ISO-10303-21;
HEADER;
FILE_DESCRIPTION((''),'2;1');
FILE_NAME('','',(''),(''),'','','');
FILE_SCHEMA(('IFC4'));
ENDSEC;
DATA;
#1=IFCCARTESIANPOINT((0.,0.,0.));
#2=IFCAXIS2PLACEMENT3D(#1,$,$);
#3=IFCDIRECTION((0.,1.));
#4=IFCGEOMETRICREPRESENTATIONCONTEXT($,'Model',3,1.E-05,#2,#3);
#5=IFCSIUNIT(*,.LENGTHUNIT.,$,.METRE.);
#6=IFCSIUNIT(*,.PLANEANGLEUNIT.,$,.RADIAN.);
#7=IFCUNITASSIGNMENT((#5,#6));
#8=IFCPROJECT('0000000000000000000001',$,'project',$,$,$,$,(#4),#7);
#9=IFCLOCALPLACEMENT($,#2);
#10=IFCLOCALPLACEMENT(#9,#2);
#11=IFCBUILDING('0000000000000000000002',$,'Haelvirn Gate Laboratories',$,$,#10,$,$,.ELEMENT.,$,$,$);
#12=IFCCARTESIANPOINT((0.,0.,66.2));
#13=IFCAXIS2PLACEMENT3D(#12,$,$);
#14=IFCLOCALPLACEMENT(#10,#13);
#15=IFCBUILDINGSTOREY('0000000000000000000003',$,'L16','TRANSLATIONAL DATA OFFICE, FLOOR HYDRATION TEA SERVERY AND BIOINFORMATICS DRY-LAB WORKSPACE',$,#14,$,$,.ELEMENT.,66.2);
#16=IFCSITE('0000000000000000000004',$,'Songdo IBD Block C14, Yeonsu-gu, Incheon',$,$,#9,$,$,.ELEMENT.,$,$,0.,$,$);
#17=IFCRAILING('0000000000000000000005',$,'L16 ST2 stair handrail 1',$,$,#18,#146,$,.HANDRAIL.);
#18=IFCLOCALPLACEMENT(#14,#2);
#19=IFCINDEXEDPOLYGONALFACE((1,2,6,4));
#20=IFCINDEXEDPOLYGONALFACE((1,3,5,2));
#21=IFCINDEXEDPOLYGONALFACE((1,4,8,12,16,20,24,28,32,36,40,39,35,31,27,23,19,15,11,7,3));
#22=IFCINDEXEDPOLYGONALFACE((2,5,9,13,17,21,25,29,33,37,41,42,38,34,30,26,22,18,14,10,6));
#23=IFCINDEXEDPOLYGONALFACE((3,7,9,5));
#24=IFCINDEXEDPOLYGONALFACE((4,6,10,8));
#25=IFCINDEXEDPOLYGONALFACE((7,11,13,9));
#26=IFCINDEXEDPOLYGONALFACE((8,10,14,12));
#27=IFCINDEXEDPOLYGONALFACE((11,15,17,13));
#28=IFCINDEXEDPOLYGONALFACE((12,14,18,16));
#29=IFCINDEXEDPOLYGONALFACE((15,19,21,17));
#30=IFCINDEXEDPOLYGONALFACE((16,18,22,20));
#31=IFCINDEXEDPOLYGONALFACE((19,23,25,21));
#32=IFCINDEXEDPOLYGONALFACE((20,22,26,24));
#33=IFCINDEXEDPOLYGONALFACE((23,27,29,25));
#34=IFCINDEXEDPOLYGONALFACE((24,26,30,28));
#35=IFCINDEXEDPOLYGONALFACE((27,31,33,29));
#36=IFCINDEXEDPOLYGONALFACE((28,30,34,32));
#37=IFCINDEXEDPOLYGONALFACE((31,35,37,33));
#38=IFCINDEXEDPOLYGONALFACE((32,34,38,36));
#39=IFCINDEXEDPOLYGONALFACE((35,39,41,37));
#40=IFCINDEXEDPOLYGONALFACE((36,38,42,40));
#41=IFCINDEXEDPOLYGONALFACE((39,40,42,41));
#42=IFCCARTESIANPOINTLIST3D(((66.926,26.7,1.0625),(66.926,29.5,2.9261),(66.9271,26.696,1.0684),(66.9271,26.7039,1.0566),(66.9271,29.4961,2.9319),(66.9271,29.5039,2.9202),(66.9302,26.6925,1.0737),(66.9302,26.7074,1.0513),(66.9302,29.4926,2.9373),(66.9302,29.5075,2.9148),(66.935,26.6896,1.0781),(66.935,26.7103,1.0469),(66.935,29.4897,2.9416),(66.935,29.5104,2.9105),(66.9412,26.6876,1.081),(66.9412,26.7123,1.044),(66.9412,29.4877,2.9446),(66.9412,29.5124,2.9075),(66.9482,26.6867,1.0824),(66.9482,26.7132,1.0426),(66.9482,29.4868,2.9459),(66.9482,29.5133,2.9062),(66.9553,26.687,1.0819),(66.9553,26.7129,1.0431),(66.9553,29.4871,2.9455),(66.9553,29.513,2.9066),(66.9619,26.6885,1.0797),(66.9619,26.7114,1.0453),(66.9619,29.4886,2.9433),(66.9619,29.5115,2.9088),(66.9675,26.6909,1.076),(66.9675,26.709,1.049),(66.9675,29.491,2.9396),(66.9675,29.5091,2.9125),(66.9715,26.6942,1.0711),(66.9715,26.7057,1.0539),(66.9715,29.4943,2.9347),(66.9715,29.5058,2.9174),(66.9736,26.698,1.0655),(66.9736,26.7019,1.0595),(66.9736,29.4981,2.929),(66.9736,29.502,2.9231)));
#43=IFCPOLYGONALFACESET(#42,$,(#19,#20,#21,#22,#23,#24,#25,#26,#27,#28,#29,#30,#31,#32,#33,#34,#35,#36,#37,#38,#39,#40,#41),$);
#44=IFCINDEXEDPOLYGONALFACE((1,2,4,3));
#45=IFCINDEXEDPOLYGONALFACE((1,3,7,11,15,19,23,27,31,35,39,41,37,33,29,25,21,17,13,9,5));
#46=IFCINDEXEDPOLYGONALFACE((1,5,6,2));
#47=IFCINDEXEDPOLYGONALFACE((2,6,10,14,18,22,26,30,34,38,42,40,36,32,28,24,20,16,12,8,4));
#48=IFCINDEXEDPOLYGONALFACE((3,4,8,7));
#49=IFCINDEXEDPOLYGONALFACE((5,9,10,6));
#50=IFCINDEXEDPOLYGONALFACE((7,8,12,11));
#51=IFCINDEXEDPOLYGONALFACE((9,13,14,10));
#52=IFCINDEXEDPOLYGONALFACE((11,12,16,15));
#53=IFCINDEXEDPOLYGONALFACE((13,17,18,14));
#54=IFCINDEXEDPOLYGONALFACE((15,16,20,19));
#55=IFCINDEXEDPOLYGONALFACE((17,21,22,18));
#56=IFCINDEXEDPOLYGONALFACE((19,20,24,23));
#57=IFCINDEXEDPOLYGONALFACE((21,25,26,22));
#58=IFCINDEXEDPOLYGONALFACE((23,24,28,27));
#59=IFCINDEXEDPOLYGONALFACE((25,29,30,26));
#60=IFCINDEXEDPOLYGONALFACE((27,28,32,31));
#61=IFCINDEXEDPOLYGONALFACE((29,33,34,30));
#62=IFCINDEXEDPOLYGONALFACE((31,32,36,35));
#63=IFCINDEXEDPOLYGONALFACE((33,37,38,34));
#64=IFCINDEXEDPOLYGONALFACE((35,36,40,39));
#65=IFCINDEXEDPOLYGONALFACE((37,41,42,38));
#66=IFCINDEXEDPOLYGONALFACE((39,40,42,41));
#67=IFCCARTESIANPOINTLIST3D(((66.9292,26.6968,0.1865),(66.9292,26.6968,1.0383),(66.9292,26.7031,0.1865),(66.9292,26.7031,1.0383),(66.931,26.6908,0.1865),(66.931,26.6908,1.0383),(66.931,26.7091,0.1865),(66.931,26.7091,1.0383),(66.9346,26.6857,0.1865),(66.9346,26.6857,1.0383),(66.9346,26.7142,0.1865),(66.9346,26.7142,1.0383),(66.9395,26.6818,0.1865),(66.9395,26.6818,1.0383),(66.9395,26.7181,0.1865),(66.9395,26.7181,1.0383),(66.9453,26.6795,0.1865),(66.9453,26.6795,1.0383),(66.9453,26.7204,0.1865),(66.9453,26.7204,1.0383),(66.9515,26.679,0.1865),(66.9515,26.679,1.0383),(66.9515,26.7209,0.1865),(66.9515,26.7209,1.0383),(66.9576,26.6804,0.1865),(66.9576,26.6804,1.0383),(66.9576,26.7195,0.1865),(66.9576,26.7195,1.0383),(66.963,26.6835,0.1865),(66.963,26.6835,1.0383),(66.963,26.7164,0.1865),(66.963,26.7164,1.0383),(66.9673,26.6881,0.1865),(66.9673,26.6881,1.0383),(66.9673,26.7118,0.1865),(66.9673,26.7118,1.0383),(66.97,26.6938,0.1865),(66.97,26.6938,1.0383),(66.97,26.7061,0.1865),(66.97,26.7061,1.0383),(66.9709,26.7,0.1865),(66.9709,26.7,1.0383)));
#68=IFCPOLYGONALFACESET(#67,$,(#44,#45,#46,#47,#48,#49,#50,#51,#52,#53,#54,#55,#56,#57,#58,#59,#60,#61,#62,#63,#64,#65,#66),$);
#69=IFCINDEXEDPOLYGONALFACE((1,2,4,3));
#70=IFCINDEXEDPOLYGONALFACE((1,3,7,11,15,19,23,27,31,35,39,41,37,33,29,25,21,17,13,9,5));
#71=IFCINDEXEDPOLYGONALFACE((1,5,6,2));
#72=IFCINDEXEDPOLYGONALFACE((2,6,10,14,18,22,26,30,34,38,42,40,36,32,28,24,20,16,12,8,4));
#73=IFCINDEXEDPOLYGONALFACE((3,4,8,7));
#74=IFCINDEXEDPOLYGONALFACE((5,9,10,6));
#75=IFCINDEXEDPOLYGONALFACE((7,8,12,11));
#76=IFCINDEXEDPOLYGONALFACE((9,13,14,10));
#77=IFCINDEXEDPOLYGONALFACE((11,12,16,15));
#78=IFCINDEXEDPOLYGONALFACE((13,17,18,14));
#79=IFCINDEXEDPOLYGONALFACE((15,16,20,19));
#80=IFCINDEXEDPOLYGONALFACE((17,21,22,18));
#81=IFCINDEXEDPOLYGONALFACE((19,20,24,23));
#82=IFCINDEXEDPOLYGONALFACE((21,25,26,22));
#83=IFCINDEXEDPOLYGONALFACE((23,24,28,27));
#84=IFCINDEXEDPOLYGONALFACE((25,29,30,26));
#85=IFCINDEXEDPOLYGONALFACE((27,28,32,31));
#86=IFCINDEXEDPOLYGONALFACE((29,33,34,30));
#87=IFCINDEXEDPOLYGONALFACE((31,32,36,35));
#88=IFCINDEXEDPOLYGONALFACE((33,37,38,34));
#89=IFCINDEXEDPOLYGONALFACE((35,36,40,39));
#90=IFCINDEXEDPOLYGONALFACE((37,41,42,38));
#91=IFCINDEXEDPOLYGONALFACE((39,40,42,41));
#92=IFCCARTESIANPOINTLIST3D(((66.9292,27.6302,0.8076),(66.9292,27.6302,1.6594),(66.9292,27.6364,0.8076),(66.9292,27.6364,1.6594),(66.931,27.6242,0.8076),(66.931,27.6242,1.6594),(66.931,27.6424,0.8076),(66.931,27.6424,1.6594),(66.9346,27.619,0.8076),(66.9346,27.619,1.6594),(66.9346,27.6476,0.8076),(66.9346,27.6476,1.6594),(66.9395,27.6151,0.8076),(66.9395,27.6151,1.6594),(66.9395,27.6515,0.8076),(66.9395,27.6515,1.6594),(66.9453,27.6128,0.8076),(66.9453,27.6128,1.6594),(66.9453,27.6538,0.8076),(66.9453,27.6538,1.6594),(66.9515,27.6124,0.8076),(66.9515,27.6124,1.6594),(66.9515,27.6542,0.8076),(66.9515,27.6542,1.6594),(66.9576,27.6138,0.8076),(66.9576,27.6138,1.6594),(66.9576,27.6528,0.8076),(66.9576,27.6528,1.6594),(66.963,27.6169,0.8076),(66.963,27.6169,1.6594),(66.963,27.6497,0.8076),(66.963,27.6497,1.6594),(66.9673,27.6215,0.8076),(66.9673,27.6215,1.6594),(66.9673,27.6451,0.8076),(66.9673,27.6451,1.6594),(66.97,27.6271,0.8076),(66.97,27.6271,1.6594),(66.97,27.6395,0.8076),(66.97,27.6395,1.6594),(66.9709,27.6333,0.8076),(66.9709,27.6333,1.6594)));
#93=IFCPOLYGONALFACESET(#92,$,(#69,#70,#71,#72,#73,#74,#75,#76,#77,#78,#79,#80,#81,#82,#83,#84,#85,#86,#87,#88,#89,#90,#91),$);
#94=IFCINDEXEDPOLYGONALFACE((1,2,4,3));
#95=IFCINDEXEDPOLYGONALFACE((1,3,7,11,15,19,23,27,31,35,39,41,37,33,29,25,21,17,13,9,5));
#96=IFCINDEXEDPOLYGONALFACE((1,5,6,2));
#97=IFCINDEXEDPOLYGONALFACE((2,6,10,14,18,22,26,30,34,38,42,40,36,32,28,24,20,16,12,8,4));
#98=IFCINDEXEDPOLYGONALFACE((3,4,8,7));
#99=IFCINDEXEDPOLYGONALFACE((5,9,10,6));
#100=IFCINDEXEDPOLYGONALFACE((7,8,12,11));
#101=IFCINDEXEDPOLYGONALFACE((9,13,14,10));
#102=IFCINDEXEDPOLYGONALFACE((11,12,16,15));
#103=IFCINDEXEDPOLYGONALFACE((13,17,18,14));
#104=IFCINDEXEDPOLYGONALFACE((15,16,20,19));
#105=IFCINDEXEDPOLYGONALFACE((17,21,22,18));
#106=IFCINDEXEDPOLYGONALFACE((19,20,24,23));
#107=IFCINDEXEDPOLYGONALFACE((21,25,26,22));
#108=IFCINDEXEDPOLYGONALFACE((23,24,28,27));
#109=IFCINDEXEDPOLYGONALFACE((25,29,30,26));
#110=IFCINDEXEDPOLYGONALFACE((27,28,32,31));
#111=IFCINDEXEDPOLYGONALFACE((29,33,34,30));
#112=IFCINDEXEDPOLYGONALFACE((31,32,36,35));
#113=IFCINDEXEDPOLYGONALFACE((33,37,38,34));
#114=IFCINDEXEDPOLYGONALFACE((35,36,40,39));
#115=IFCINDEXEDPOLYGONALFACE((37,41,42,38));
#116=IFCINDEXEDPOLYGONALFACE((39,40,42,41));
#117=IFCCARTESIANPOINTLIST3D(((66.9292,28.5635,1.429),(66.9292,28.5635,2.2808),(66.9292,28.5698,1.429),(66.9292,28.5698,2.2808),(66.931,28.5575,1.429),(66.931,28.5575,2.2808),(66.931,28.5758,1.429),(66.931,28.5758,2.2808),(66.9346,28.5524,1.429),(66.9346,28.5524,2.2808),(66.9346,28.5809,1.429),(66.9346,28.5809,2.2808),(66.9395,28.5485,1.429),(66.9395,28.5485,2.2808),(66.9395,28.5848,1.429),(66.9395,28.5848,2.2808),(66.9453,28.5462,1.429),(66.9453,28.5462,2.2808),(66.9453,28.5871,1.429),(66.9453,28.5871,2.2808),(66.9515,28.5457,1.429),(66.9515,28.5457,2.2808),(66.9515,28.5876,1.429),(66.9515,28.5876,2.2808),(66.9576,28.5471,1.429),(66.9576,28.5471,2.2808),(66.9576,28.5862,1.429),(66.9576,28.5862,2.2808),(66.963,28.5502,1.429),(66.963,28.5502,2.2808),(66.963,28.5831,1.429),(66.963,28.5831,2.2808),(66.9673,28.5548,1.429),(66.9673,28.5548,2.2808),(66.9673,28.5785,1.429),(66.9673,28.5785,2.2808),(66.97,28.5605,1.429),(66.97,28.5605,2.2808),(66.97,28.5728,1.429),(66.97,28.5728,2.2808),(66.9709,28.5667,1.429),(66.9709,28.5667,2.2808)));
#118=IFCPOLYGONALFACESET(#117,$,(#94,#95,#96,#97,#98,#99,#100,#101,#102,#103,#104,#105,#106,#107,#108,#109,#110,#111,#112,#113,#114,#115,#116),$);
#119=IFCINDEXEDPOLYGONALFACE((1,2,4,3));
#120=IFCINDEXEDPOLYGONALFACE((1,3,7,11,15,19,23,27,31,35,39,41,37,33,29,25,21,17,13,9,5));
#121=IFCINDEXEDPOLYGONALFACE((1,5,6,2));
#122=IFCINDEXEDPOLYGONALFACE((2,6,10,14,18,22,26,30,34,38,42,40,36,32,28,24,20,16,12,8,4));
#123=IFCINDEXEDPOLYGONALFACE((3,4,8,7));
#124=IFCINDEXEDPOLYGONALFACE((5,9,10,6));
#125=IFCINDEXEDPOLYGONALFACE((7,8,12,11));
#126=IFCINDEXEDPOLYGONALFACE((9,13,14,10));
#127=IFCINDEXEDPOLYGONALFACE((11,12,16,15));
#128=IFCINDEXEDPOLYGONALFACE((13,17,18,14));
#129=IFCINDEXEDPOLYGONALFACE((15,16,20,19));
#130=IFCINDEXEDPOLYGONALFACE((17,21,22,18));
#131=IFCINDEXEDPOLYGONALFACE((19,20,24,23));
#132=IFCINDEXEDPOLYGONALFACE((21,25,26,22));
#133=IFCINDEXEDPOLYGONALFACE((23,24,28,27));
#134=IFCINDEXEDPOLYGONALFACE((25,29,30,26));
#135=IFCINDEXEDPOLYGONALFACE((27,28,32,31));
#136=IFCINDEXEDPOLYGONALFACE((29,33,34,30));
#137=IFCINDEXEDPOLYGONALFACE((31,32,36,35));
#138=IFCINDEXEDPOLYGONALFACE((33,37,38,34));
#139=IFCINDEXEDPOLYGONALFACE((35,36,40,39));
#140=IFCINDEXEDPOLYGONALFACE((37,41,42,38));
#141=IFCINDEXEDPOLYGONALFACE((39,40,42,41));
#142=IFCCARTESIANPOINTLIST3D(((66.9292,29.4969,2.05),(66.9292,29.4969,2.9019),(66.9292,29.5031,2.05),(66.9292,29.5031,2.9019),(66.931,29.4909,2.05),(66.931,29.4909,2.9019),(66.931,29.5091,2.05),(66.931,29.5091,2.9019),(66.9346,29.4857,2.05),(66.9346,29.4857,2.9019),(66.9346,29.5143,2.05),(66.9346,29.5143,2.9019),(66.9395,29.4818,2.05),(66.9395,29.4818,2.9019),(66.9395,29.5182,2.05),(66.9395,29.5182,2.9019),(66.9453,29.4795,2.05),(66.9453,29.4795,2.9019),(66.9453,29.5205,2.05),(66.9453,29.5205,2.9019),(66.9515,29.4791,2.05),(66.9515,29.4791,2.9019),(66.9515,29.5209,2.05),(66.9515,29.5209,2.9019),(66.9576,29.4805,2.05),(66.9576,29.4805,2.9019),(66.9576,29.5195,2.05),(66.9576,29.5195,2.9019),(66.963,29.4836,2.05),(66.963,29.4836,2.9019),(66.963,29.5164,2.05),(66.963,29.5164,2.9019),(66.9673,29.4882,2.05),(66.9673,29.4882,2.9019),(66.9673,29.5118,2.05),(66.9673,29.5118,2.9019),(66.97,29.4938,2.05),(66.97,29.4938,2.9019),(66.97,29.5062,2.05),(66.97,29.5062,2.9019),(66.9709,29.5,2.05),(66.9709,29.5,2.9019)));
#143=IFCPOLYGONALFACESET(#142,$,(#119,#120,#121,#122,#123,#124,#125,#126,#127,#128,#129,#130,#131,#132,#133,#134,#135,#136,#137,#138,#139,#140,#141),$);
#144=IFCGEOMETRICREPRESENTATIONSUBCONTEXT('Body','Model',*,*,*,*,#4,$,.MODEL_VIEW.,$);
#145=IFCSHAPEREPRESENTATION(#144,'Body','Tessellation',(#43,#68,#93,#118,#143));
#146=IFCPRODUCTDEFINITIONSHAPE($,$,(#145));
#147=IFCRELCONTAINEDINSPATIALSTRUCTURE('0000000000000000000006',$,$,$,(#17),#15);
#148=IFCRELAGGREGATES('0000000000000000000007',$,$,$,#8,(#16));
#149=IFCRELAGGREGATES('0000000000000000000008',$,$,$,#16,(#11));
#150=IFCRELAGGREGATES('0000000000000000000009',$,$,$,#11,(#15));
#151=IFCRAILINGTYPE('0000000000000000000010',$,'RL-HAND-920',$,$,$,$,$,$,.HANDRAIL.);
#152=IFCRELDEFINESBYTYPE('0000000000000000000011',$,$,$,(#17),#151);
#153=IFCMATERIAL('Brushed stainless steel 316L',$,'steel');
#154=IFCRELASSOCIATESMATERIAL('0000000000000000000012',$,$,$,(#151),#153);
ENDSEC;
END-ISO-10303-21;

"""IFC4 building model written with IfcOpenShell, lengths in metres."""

from ifc_helpers import new_model, si_unit, direction, frame, origin, origin_2d, place, context, subcontext, project, spatial, circle, extrude, source, transform, mapped, material, type_object, element, save


model = new_model("IFC4")

# Units and contexts
model_context = context("Model", 3, precision=1e-05, world=origin(), true_north=direction((0.0, 1.0)))
body_context = subcontext(model_context, "Body", "Model", "MODEL_VIEW")
ifc_project = project(units=[si_unit("LENGTHUNIT", "METRE"), si_unit("PLANEANGLEUNIT", "RADIAN")], contexts=[model_context])

# Site, building, storey
site_placement = place(None, origin())
site = spatial("IfcSite", under=ifc_project, at=site_placement, Name="Songdo IBD Block C14, Yeonsu-gu, Incheon", CompositionType="ELEMENT", RefElevation=0.0)
building_placement = place(site_placement, origin())
building = spatial("IfcBuilding", under=site, at=building_placement, Name="Haelvirn Gate Laboratories", CompositionType="ELEMENT")
storey_placement = place(building_placement, frame((0.0, 0.0, 66.2)))
storey = spatial("IfcBuildingStorey", under=building, at=storey_placement, Name="L16", Description="TRANSLATIONAL DATA OFFICE, FLOOR HYDRATION TEA SERVERY AND BIOINFORMATICS DRY-LAB WORKSPACE", CompositionType="ELEMENT", Elevation=66.2)

# Railing
ifc_material_1 = material(Name="Brushed stainless steel 316L", Category="steel")
railing_type_1 = type_object("IfcRailingType", Name="RL-HAND-920", PredefinedType="HANDRAIL", material=ifc_material_1)
shared_shape_1 = source(origin(), body_context, "Body", "SweptSolid", [
    extrude(circle(Radius=0.0239, at=origin_2d()), frame((0.0, 0.0, 0.876), z_axis=(0.0, 0.832486, 0.554047), x_axis=(-1.0, 0.0, 0.0)), (0.0, 0.0, 1.0), 3.3635),
    extrude(circle(Radius=0.021, at=origin_2d()), origin(), (0.0, 0.0, 1.0), 0.8518),
    extrude(circle(Radius=0.021, at=origin_2d()), frame((0.0, 0.9333, 0.6211)), (0.0, 0.0, 1.0), 0.8518),
    extrude(circle(Radius=0.021, at=origin_2d()), frame((0.0, 1.8667, 1.2424)), (0.0, 0.0, 1.0), 0.8518),
    extrude(circle(Radius=0.021, at=origin_2d()), frame((0.0, 2.8, 1.8635)), (0.0, 0.0, 1.0), 0.8518),
])
railing_1_placement = place(storey_placement, frame((66.95, 26.7, 0.1865)))
element("IfcRailing", 1, at=railing_1_placement, inside=storey, type_object=railing_type_1, Name="L16 ST2 stair handrail 1", PredefinedType="HANDRAIL", context=body_context, shape_type="MappedRepresentation", body=[
    mapped(shared_shape_1, transform((0.0, 0.0, 0.0), scale=1.0)),
])

save(model, "model.ifc")
